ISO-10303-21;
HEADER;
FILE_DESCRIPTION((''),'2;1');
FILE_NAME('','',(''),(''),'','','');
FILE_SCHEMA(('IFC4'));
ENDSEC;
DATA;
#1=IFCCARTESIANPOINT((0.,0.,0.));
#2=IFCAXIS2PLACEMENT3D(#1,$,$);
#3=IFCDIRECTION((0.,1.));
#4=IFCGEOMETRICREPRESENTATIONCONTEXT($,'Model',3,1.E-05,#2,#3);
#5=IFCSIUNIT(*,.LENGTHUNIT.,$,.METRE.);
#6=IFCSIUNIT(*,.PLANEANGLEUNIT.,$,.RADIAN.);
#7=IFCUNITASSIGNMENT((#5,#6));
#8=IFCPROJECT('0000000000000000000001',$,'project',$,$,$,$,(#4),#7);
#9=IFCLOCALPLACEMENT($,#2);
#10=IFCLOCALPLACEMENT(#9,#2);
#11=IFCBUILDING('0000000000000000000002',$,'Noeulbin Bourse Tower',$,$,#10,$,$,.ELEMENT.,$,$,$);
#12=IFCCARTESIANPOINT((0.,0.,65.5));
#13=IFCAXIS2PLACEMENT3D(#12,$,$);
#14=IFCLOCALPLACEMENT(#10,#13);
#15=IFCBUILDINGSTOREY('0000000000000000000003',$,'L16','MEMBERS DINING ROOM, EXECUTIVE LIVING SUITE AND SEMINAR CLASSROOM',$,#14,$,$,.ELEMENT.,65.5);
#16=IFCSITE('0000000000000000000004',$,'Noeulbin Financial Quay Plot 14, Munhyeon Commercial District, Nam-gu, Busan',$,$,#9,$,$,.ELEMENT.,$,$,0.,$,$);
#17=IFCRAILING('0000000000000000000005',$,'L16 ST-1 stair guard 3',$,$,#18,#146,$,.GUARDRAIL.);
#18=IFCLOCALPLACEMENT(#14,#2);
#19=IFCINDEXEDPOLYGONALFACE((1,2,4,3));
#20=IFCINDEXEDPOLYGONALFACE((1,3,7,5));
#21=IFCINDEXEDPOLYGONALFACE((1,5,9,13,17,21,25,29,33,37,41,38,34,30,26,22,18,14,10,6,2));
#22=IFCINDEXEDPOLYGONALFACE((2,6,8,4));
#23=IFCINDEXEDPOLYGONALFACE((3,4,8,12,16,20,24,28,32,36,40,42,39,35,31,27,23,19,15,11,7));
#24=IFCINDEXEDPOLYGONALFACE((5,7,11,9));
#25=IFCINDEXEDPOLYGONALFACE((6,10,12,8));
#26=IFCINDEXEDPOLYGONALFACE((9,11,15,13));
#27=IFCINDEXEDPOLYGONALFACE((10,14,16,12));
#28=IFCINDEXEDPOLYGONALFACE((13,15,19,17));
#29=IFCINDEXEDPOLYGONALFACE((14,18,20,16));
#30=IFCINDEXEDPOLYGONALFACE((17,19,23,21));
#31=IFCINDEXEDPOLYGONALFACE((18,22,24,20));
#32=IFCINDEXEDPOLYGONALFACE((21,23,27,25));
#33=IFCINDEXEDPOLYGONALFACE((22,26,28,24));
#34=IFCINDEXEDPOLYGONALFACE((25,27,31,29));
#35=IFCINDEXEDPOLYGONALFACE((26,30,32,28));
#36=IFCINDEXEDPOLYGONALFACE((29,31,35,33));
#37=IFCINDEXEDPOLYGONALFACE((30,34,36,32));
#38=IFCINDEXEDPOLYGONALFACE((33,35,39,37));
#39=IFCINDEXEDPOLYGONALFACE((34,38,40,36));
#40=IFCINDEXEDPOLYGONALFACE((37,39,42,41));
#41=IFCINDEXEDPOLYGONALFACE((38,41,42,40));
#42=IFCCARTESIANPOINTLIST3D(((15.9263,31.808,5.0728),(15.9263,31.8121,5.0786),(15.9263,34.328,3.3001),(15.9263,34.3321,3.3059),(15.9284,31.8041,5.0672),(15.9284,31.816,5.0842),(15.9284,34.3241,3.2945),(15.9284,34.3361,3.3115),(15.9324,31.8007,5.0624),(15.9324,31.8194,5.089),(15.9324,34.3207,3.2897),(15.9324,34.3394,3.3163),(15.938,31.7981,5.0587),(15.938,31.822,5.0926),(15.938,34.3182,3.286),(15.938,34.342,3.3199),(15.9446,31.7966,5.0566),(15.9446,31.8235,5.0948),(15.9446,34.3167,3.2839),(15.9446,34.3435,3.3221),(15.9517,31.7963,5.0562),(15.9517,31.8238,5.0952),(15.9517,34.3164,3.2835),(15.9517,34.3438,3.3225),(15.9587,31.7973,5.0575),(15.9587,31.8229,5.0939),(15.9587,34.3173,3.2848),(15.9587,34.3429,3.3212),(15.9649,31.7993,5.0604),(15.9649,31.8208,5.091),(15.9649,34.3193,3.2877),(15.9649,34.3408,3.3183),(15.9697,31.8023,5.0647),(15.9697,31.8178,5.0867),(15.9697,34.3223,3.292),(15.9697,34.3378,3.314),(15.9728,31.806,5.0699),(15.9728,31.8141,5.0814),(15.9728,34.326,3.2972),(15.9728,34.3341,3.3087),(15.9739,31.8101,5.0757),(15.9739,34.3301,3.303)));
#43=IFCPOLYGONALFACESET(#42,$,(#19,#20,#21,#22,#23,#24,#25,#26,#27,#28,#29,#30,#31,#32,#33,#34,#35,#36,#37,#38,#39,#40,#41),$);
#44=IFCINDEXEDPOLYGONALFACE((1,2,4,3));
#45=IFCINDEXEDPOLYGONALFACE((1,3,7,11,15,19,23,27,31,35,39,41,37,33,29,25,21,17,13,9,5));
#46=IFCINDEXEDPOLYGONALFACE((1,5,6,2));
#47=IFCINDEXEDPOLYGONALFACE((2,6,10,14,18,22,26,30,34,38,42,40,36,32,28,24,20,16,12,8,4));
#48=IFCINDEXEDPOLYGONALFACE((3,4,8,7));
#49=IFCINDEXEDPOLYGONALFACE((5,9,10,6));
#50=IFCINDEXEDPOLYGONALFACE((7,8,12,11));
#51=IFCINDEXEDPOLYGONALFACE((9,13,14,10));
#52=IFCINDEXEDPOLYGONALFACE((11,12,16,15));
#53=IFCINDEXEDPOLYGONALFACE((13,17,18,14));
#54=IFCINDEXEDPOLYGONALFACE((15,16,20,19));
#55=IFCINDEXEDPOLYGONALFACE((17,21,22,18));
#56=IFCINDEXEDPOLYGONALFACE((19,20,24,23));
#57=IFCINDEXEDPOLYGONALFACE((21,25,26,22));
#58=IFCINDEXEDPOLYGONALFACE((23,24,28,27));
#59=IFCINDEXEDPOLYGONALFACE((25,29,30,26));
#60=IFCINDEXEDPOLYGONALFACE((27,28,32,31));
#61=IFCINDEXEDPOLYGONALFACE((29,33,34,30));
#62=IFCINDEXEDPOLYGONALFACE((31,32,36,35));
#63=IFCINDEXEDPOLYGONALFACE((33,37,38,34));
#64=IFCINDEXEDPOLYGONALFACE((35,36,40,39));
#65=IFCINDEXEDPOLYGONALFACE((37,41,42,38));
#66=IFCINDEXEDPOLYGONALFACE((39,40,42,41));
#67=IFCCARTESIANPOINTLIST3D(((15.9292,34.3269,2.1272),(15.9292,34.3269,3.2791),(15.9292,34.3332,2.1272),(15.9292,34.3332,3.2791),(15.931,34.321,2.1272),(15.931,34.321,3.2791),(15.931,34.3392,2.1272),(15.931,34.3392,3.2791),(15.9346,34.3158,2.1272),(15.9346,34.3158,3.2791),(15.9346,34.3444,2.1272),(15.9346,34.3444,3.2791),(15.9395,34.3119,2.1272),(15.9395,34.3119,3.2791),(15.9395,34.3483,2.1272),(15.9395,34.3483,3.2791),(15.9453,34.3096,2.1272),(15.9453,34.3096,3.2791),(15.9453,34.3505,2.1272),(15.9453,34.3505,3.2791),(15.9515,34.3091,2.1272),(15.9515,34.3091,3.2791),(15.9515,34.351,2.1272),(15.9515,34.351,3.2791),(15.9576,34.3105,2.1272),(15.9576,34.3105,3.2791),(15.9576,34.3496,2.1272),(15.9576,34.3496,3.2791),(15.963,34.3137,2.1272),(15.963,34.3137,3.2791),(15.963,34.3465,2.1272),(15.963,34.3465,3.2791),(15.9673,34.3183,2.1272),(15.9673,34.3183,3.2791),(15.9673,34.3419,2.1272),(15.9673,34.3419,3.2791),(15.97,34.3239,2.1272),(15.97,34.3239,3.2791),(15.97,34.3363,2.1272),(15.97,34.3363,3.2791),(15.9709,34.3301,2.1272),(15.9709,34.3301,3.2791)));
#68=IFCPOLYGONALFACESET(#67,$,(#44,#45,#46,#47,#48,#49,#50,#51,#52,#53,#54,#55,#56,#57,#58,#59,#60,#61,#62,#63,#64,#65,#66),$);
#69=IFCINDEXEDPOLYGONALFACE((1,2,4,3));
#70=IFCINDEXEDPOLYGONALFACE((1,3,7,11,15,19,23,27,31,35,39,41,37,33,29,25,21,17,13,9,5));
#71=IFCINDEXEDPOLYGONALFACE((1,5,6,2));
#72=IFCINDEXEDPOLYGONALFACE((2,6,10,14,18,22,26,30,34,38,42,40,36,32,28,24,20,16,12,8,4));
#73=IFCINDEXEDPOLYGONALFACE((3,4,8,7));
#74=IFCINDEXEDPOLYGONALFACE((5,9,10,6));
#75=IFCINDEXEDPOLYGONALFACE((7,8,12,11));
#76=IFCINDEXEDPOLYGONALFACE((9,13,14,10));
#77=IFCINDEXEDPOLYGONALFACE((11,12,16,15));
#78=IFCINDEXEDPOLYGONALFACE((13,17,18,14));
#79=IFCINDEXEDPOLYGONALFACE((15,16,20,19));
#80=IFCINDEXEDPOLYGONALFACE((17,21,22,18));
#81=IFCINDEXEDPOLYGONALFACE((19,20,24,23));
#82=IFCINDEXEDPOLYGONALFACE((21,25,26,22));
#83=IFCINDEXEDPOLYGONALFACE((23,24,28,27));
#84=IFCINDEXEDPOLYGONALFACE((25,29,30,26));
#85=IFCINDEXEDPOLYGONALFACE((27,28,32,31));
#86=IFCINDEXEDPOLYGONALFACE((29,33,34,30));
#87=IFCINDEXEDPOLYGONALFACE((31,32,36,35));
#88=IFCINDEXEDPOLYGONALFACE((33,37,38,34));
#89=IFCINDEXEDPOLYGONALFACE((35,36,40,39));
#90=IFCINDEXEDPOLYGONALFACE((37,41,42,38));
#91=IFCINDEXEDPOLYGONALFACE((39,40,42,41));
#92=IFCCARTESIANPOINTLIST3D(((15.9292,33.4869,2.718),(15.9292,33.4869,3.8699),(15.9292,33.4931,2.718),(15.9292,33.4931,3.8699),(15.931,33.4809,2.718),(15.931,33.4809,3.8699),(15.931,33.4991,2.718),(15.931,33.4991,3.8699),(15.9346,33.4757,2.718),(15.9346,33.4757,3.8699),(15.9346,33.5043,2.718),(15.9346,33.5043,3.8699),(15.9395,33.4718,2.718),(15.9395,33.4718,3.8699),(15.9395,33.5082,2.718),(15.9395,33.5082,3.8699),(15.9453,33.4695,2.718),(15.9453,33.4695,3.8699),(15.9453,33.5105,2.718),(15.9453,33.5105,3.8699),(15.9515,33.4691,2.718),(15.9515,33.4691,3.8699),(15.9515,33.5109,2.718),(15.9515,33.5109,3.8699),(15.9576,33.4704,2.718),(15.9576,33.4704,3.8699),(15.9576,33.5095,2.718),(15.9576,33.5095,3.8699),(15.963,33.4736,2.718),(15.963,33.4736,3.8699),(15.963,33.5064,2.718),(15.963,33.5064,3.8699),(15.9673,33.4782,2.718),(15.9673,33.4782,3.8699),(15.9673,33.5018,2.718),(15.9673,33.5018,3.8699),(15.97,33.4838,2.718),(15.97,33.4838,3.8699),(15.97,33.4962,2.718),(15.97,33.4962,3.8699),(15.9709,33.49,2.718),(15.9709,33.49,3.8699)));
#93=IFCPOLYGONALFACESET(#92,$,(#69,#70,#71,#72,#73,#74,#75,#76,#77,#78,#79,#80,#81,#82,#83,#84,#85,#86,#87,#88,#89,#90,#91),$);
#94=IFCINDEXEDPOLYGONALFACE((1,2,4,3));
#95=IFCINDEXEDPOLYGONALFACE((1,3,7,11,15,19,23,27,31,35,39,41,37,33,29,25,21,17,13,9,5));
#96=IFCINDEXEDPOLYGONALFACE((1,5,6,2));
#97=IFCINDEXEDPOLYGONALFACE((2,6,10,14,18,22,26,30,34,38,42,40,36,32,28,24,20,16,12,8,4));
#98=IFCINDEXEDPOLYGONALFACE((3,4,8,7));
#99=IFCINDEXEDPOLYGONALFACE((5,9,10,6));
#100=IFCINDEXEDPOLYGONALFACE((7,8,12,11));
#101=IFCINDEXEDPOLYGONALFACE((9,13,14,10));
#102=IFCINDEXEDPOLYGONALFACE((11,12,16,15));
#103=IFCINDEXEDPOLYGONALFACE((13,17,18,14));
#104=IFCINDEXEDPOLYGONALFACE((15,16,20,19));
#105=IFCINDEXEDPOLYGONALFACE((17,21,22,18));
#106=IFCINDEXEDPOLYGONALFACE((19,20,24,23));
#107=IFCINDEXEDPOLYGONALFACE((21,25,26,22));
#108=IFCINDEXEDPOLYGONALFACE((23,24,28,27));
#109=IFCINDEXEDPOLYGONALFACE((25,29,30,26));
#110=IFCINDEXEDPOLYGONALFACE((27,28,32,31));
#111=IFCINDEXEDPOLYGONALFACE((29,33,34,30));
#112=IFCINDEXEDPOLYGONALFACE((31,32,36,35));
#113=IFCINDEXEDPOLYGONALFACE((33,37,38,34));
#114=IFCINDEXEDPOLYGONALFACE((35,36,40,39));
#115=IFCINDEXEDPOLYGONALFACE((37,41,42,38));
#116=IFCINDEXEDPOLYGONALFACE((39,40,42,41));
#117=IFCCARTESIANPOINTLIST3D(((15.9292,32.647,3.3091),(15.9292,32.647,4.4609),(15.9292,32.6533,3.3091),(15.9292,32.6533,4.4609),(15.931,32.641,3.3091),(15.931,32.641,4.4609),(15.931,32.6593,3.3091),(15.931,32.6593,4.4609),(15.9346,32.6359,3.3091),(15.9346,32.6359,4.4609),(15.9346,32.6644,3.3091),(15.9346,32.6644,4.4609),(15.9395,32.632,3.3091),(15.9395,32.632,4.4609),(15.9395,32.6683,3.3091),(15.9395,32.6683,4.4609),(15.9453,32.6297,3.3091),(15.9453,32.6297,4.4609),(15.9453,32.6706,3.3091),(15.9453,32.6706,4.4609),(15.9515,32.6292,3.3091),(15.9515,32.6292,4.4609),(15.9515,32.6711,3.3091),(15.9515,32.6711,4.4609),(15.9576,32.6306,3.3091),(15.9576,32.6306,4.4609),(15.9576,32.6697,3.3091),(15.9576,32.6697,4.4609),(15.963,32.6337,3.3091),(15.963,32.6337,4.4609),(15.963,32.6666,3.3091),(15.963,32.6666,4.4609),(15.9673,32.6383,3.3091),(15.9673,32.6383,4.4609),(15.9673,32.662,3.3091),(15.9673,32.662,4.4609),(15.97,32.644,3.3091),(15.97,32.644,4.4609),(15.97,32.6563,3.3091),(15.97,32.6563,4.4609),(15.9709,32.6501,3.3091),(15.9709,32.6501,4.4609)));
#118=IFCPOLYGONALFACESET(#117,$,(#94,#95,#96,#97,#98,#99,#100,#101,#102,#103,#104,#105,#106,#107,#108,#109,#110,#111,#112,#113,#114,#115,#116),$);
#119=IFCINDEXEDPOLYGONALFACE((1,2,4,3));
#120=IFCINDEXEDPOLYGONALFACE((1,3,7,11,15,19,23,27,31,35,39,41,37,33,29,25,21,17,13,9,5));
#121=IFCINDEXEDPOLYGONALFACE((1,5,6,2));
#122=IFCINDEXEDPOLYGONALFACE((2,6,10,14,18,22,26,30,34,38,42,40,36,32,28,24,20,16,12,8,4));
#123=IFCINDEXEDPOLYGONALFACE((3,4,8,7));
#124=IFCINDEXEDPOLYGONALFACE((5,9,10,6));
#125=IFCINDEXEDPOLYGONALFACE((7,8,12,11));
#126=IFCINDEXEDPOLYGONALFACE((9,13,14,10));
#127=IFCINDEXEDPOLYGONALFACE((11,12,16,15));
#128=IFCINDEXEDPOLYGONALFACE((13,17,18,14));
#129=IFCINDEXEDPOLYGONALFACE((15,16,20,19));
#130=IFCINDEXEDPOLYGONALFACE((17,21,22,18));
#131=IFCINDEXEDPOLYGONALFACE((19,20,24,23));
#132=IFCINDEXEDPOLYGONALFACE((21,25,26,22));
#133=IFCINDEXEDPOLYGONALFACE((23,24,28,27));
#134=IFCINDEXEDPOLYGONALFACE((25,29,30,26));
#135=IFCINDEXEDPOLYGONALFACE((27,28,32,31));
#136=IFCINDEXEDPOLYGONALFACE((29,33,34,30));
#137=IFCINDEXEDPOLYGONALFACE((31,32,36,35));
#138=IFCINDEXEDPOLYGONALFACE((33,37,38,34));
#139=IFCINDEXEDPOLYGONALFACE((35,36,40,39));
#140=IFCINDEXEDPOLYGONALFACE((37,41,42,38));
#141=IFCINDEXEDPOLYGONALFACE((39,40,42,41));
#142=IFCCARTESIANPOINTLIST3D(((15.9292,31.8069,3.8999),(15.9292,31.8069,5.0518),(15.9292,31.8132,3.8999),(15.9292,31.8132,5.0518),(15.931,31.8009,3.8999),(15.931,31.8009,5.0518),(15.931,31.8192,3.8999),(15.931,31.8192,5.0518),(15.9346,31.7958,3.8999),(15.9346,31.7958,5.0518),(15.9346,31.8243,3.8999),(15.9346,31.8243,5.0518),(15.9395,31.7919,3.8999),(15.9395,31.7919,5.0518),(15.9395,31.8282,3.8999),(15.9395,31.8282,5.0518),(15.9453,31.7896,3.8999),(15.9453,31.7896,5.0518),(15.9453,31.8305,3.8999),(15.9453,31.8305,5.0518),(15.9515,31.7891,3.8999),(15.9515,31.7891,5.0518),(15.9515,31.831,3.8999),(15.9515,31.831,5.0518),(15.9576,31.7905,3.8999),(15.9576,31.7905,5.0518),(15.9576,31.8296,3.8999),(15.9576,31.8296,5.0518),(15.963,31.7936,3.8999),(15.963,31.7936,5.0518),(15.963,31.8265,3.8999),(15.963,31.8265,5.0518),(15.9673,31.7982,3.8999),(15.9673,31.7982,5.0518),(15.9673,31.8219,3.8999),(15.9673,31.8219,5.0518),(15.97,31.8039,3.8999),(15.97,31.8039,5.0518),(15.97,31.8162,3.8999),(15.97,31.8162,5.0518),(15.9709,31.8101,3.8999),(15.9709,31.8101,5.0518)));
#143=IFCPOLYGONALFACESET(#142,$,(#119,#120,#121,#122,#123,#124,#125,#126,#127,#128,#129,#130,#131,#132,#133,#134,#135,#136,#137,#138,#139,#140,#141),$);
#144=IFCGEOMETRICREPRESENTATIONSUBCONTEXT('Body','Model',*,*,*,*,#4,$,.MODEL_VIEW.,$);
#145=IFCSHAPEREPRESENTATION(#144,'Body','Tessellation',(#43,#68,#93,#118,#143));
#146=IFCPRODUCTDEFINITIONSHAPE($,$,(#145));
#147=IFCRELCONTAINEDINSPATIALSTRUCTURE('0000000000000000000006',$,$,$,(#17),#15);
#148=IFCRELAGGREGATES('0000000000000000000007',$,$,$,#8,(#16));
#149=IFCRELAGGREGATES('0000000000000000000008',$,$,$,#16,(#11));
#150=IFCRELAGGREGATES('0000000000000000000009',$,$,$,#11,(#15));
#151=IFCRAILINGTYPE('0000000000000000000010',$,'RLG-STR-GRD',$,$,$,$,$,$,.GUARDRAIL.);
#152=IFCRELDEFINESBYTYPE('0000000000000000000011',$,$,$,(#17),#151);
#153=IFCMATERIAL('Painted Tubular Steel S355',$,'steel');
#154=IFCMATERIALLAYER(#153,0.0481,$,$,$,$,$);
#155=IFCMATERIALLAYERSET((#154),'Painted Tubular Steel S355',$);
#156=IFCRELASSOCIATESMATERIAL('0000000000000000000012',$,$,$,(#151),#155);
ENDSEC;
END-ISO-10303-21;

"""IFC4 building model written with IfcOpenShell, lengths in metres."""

from ifc_helpers import new_model, si_unit, direction, frame, origin, origin_2d, place, context, subcontext, project, spatial, circle, extrude, material, layer, layer_set, type_object, element, save


model = new_model("IFC4")

# Units and contexts
model_context = context("Model", 3, precision=1e-05, world=origin(), true_north=direction((0.0, 1.0)))
body_context = subcontext(model_context, "Body", "Model", "MODEL_VIEW")
ifc_project = project(units=[si_unit("LENGTHUNIT", "METRE"), si_unit("PLANEANGLEUNIT", "RADIAN")], contexts=[model_context])

# Site, building, storey
site_placement = place(None, origin())
site = spatial("IfcSite", under=ifc_project, at=site_placement, Name="Noeulbin Financial Quay Plot 14, Munhyeon Commercial District, Nam-gu, Busan", CompositionType="ELEMENT", RefElevation=0.0)
building_placement = place(site_placement, origin())
building = spatial("IfcBuilding", under=site, at=building_placement, Name="Noeulbin Bourse Tower", CompositionType="ELEMENT")
storey_placement = place(building_placement, frame((0.0, 0.0, 65.5)))
storey = spatial("IfcBuildingStorey", under=building, at=storey_placement, Name="L16", Description="MEMBERS DINING ROOM, EXECUTIVE LIVING SUITE AND SEMINAR CLASSROOM", CompositionType="ELEMENT", Elevation=65.5)

# Railing
ifc_material_1 = material(Name="Painted Tubular Steel S355", Category="steel")
ifc_layer_1 = layer(ifc_material_1, 0.0481)
ifc_layer_set_1 = layer_set([ifc_layer_1], Name="Painted Tubular Steel S355")
railing_type_1 = type_object("IfcRailingType", Name="RLG-STR-GRD", PredefinedType="GUARDRAIL", material=ifc_layer_set_1)
railing_1_placement = place(storey_placement, frame((15.95, 34.3301, 2.1272)))
element("IfcRailing", 1, at=railing_1_placement, inside=storey, type_object=railing_type_1, Name="L16 ST-1 stair guard 3", PredefinedType="GUARDRAIL", context=body_context, shape_type="SweptSolid", body=[
    extrude(circle(Radius=0.0239, at=origin_2d()), frame((0.0, 0.0, 1.1758), z_axis=(0.0, -0.817904, 0.575354), x_axis=(1.0, 0.0, 0.0)), (0.0, 0.0, 1.0), 3.0811),
    extrude(circle(Radius=0.021, at=origin_2d()), origin(), (0.0, 0.0, 1.0), 1.1519),
    extrude(circle(Radius=0.021, at=origin_2d()), frame((0.0, -0.8401, 0.5908)), (0.0, 0.0, 1.0), 1.1519),
    extrude(circle(Radius=0.021, at=origin_2d()), frame((0.0, -1.6799, 1.1819)), (0.0, 0.0, 1.0), 1.1519),
    extrude(circle(Radius=0.021, at=origin_2d()), frame((0.0, -2.52, 1.7727)), (0.0, 0.0, 1.0), 1.1519),
])

save(model, "model.ifc")
